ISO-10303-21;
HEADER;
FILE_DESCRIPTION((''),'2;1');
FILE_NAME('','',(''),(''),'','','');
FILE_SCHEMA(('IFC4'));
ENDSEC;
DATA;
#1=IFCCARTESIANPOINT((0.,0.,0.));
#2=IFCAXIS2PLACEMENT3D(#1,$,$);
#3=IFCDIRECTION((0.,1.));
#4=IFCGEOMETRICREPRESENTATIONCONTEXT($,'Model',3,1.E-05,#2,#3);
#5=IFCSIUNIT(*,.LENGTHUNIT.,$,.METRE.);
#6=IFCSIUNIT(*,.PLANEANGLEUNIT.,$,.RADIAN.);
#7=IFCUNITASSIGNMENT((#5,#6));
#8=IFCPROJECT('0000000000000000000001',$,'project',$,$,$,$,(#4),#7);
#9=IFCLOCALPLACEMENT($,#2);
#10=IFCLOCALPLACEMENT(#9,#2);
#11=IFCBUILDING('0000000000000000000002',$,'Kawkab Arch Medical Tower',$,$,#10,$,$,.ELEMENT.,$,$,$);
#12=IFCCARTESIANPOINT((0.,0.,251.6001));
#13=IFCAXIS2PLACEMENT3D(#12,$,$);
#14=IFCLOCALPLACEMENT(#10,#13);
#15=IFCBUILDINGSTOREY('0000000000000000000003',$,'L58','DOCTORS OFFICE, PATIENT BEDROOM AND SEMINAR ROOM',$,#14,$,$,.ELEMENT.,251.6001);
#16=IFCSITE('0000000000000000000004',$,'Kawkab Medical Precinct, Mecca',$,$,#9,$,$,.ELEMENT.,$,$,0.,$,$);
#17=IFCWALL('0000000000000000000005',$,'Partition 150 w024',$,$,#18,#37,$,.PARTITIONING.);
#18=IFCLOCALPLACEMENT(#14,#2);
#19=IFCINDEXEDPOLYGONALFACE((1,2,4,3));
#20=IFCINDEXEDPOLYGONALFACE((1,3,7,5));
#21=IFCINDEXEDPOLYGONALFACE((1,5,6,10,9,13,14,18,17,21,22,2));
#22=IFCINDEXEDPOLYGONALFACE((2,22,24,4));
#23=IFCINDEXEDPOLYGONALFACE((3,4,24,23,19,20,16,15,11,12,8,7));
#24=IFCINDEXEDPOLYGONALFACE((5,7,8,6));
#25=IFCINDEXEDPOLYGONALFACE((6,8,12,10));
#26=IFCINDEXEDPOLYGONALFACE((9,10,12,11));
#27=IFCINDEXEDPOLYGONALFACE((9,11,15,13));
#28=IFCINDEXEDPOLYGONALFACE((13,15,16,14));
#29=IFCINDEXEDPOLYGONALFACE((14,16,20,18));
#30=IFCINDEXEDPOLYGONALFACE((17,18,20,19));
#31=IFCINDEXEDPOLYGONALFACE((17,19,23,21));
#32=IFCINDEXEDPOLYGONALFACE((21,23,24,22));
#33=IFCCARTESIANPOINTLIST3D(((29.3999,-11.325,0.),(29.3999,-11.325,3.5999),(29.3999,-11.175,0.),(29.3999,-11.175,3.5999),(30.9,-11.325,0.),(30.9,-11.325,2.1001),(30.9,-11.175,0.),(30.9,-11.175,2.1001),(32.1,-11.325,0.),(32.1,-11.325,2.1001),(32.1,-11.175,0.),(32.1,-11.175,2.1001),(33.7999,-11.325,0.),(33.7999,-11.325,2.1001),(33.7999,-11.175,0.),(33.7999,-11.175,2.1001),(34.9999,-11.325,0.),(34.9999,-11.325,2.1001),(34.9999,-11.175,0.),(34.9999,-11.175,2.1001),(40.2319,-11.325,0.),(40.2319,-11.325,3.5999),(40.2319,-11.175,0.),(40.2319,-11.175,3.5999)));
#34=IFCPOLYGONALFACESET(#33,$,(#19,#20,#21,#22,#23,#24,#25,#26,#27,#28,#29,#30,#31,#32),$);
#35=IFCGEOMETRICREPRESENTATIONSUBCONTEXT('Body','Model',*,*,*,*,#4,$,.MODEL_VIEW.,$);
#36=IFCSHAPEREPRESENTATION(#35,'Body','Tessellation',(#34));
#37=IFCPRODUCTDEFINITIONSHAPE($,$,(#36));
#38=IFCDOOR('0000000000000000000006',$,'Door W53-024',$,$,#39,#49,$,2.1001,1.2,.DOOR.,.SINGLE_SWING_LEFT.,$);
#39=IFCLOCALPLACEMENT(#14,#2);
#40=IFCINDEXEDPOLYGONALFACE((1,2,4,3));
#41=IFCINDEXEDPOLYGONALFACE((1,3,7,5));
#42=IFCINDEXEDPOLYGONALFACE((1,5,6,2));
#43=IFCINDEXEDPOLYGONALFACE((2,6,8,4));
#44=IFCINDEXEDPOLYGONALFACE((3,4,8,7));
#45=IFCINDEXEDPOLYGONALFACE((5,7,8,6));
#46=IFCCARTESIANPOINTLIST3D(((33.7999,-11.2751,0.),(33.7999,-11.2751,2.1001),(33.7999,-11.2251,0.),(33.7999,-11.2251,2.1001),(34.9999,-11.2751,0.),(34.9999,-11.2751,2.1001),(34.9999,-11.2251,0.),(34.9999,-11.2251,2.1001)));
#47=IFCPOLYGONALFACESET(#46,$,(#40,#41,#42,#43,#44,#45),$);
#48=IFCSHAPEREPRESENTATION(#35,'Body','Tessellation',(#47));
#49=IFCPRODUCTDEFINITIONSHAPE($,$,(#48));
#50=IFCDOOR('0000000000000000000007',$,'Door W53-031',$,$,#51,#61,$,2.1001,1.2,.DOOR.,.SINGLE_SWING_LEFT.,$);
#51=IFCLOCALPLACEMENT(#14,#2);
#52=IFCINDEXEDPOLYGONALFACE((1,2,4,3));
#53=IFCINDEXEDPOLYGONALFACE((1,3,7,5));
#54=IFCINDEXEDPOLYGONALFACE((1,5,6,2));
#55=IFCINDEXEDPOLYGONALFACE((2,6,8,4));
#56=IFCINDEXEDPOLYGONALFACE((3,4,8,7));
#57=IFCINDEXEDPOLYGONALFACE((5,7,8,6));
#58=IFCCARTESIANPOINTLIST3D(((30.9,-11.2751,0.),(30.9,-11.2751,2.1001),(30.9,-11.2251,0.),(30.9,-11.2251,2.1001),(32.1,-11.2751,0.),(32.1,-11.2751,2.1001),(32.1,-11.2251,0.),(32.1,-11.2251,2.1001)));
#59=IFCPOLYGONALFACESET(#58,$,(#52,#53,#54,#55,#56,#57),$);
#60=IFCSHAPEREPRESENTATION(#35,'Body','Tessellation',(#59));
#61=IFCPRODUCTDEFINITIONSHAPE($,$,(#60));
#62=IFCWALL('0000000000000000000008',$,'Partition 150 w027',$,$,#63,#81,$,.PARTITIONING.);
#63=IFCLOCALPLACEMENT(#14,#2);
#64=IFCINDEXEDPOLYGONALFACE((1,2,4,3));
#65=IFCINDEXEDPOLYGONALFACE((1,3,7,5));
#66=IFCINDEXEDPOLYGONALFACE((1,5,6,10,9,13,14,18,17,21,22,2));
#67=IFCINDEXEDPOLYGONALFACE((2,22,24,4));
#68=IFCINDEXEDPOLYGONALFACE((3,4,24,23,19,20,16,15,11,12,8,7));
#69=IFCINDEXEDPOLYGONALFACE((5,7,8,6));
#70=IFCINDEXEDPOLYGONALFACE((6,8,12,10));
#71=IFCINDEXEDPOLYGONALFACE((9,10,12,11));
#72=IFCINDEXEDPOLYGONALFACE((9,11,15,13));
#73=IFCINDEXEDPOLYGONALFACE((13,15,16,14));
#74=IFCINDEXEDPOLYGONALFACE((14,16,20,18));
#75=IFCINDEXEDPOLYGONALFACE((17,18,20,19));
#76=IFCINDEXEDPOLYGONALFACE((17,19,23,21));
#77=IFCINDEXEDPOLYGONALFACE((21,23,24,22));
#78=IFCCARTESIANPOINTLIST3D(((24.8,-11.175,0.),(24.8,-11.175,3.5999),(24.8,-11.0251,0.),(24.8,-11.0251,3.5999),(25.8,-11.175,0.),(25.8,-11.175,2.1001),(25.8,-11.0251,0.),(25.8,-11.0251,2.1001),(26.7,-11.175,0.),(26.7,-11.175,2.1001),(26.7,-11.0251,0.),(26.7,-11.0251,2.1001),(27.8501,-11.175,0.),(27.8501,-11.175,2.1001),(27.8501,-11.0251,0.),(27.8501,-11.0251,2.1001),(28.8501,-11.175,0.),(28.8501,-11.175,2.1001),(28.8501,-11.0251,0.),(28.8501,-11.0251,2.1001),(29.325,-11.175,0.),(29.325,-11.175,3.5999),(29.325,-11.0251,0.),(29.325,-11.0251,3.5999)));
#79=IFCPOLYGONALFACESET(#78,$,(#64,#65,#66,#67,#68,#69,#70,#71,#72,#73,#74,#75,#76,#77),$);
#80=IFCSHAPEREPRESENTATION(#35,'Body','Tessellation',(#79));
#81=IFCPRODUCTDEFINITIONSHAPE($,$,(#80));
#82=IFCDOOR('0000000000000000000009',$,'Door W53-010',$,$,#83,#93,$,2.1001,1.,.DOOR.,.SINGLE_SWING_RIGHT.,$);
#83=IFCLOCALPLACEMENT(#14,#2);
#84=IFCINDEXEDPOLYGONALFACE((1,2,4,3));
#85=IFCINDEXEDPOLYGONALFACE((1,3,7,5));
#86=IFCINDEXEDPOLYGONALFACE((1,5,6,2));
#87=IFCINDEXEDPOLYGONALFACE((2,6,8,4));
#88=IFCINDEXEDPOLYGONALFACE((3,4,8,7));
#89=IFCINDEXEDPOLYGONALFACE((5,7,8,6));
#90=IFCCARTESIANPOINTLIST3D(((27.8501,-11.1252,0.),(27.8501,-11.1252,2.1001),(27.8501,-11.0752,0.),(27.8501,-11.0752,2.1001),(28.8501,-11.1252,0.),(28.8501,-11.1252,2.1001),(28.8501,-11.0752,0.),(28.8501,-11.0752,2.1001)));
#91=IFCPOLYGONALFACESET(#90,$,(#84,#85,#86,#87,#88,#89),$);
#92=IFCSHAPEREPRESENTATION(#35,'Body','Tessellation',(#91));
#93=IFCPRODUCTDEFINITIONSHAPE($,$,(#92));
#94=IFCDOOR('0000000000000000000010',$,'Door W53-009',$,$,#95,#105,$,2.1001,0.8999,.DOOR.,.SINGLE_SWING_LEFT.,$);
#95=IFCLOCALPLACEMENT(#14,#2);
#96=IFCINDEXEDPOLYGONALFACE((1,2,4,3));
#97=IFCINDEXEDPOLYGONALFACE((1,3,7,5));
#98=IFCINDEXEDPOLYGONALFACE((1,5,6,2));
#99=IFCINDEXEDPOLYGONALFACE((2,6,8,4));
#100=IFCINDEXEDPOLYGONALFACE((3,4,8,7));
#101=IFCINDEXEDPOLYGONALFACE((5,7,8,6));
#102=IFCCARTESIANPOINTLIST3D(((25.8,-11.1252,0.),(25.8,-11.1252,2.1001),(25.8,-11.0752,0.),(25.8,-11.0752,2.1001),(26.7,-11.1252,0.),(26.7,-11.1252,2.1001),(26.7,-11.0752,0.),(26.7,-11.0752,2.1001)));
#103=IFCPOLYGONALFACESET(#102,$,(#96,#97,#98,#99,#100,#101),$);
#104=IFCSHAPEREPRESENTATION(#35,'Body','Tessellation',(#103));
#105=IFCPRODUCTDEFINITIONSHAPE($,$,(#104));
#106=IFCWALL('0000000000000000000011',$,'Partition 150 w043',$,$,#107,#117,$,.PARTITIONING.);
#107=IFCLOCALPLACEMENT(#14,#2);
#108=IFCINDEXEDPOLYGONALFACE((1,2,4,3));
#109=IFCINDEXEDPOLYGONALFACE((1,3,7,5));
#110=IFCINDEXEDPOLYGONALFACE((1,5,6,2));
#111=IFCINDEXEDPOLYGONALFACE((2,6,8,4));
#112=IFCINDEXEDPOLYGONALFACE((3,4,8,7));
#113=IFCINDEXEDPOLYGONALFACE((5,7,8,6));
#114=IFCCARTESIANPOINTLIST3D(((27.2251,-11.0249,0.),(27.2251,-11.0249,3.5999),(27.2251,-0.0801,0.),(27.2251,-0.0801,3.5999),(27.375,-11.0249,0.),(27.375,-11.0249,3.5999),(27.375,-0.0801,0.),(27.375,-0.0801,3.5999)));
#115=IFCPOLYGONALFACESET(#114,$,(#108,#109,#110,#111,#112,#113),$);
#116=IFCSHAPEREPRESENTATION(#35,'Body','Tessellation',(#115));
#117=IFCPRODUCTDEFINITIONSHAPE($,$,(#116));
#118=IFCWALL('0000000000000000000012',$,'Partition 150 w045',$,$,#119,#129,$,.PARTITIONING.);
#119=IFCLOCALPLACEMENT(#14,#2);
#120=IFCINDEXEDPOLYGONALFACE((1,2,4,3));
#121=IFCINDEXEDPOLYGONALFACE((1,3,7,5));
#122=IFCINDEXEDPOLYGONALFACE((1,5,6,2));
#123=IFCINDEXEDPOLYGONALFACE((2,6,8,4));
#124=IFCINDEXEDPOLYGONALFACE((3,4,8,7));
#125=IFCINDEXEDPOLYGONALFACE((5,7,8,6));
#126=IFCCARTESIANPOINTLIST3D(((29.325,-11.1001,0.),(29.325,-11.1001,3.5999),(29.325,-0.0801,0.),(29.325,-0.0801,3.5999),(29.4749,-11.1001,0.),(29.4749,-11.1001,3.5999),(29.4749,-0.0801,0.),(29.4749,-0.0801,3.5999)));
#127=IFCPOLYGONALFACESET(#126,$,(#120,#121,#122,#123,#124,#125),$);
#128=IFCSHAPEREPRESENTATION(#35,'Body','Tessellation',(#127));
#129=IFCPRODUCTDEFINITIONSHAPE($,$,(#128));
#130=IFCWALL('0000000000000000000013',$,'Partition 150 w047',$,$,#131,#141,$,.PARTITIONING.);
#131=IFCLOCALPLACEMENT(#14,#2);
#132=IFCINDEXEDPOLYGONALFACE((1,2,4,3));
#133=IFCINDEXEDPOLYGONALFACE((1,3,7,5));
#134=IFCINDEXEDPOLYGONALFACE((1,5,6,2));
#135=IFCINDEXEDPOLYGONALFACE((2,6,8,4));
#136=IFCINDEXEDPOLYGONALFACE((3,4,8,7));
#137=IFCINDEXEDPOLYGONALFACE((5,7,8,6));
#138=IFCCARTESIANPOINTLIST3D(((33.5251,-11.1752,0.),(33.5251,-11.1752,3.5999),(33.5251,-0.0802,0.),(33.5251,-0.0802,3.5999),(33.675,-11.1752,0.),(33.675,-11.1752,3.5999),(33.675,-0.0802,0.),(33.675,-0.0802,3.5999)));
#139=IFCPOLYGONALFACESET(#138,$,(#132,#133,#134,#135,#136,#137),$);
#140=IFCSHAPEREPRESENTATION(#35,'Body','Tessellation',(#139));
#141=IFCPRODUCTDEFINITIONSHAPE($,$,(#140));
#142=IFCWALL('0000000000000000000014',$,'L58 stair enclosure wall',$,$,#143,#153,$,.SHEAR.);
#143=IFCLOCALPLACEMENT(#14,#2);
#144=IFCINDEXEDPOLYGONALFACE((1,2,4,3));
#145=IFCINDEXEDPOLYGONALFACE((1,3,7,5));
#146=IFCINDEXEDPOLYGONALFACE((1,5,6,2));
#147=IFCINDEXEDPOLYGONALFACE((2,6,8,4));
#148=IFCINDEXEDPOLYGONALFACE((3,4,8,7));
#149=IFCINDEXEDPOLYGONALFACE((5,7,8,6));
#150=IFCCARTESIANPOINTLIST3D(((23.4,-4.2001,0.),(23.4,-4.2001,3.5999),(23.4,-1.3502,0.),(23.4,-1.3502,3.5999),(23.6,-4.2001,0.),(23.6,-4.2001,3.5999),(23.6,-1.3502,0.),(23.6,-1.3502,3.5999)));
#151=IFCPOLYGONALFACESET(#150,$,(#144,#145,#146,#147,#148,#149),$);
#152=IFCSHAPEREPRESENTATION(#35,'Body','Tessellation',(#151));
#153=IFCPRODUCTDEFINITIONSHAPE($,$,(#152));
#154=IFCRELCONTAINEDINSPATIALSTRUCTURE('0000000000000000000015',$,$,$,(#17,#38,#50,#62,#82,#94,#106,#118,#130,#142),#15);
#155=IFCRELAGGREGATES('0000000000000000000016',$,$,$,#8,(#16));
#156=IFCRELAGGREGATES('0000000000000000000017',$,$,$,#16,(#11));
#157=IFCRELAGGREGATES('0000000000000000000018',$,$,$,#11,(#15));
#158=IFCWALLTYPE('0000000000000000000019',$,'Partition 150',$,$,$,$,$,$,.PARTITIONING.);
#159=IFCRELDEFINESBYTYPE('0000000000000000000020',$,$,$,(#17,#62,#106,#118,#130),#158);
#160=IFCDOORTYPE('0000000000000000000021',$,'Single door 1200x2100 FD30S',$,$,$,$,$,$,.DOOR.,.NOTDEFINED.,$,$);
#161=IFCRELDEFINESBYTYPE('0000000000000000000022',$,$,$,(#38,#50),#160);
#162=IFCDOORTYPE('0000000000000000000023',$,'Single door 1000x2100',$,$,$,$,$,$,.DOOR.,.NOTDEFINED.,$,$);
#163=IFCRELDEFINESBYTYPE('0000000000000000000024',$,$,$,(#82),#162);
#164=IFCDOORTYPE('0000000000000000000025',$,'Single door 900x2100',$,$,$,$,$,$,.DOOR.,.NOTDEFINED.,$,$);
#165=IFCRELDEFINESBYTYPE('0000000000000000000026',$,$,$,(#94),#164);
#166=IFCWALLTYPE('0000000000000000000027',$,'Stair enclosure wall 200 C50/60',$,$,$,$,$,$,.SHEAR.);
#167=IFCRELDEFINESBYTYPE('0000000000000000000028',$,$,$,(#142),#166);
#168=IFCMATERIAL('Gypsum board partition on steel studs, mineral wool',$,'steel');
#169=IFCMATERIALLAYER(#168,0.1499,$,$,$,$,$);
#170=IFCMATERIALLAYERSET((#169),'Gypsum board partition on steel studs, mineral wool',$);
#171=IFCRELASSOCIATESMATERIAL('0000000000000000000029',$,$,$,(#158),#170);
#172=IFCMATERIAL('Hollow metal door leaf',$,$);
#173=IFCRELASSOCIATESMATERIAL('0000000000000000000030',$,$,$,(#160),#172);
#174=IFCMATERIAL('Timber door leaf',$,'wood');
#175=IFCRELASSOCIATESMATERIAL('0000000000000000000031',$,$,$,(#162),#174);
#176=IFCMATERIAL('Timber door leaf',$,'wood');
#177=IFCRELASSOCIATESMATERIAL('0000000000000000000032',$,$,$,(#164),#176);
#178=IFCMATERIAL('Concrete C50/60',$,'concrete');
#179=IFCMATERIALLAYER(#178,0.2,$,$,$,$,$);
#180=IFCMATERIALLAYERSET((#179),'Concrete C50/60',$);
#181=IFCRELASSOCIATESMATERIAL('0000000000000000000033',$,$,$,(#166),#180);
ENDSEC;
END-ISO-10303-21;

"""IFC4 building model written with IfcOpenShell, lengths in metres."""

from ifc_helpers import new_model, si_unit, direction, frame, frame_2d, origin, place, context, subcontext, project, spatial, rectangle, extrude, material, layer, layer_set, type_object, element, fill, save


model = new_model("IFC4")

# Units and contexts
model_context = context("Model", 3, precision=1e-05, world=origin(), true_north=direction((0.0, 1.0)))
body_context = subcontext(model_context, "Body", "Model", "MODEL_VIEW")
ifc_project = project(units=[si_unit("LENGTHUNIT", "METRE"), si_unit("PLANEANGLEUNIT", "RADIAN")], contexts=[model_context])

# Site, building, storey
site_placement = place(None, origin())
site = spatial("IfcSite", under=ifc_project, at=site_placement, Name="Kawkab Medical Precinct, Mecca", CompositionType="ELEMENT", RefElevation=0.0)
building_placement = place(site_placement, origin())
building = spatial("IfcBuilding", under=site, at=building_placement, Name="Kawkab Arch Medical Tower", CompositionType="ELEMENT")
storey_placement = place(building_placement, frame((0.0, 0.0, 251.6001)))
storey = spatial("IfcBuildingStorey", under=building, at=storey_placement, Name="L58", Description="DOCTORS OFFICE, PATIENT BEDROOM AND SEMINAR ROOM", CompositionType="ELEMENT", Elevation=251.6001)

# Walls, openings, doors
ifc_material_1 = material(Name="Gypsum board partition on steel studs, mineral wool", Category="steel")
ifc_layer_1 = layer(ifc_material_1, 0.1499)
ifc_layer_set_1 = layer_set([ifc_layer_1], Name="Gypsum board partition on steel studs, mineral wool")
wall_type_1 = type_object("IfcWallType", Name="Partition 150", PredefinedType="PARTITIONING", material=ifc_layer_set_1)
ifc_material_2 = material(Name="Hollow metal door leaf")
door_type_1 = type_object("IfcDoorType", Name="Single door 1200x2100 FD30S", OperationType="NOTDEFINED", PredefinedType="DOOR", material=ifc_material_2)
wall_1_placement = place(storey_placement, frame((29.3999, -11.25, 0.0), z_axis=(0.0, 0.0, 1.0), x_axis=(1.0, 0.0, 0.0)))
wall_1 = element("IfcWall", 1, at=wall_1_placement, inside=storey, type_object=wall_type_1, Name="Partition 150 w024", PredefinedType="PARTITIONING", context=body_context, shape_type="SweptSolid", body=[
    extrude(rectangle(XDim=10.832, YDim=0.1499, at=frame_2d((5.416, 0.0))), origin(), (0.0, 0.0, 1.0), 3.5999),
])
opening_1_placement = place(wall_1_placement, frame((4.3999, 0.0, 0.0)))
opening_1 = element("IfcOpeningElement", 2, at=opening_1_placement, cuts=wall_1, PredefinedType="OPENING", context=body_context, shape_type="SweptSolid", body=[
    extrude(rectangle(XDim=1.2, YDim=2.1001, at=frame_2d((0.6001, 1.05))), frame((0.0, 0.085, 0.0), z_axis=(0.0, -1.0, 0.0), x_axis=(1.0, 0.0, 0.0)), (0.0, 0.0, 1.0), 0.1699),
])
opening_2_placement = place(wall_1_placement, frame((1.5, 0.0, 0.0)))
opening_2 = element("IfcOpeningElement", 3, at=opening_2_placement, cuts=wall_1, PredefinedType="OPENING", context=body_context, shape_type="SweptSolid", body=[
    extrude(rectangle(XDim=1.2, YDim=2.1001, at=frame_2d((0.6001, 1.05))), frame((0.0, 0.085, 0.0), z_axis=(0.0, -1.0, 0.0), x_axis=(1.0, 0.0, 0.0)), (0.0, 0.0, 1.0), 0.1699),
])
door_1_placement = place(opening_1_placement, origin())
door_1 = element("IfcDoor", 4, at=door_1_placement, inside=storey, type_object=door_type_1, Name="Door W53-024", OperationType="SINGLE_SWING_LEFT", OverallHeight=2.1001, OverallWidth=1.2, PredefinedType="DOOR", context=body_context, shape_type="SweptSolid", body=[
    extrude(rectangle(XDim=1.2, YDim=2.1001, at=frame_2d((0.6001, 1.05))), frame((0.0, 0.0249, 0.0), z_axis=(0.0, -1.0, 0.0), x_axis=(1.0, 0.0, 0.0)), (0.0, 0.0, 1.0), 0.05),
])
fill(opening_1, door_1)
door_2_placement = place(opening_2_placement, origin())
door_2 = element("IfcDoor", 5, at=door_2_placement, inside=storey, type_object=door_type_1, Name="Door W53-031", OperationType="SINGLE_SWING_LEFT", OverallHeight=2.1001, OverallWidth=1.2, PredefinedType="DOOR", context=body_context, shape_type="SweptSolid", body=[
    extrude(rectangle(XDim=1.2, YDim=2.1001, at=frame_2d((0.6001, 1.05))), frame((0.0, 0.0249, 0.0), z_axis=(0.0, -1.0, 0.0), x_axis=(1.0, 0.0, 0.0)), (0.0, 0.0, 1.0), 0.05),
])
fill(opening_2, door_2)
wall_2_placement = place(storey_placement, frame((24.8, -11.1001, 0.0), z_axis=(0.0, 0.0, 1.0), x_axis=(1.0, 0.0, 0.0)))
wall_2 = element("IfcWall", 6, at=wall_2_placement, inside=storey, type_object=wall_type_1, Name="Partition 150 w027", PredefinedType="PARTITIONING", context=body_context, shape_type="SweptSolid", body=[
    extrude(rectangle(XDim=4.5249, YDim=0.1499, at=frame_2d((2.2625, 0.0))), origin(), (0.0, 0.0, 1.0), 3.5999),
])
opening_3_placement = place(wall_2_placement, frame((1.0, 0.0, 0.0)))
opening_3 = element("IfcOpeningElement", 7, at=opening_3_placement, cuts=wall_2, PredefinedType="OPENING", context=body_context, shape_type="SweptSolid", body=[
    extrude(rectangle(XDim=0.8999, YDim=2.1001, at=frame_2d((0.45, 1.05))), frame((0.0, 0.085, 0.0), z_axis=(0.0, -1.0, 0.0), x_axis=(1.0, 0.0, 0.0)), (0.0, 0.0, 1.0), 0.1699),
])
opening_4_placement = place(wall_2_placement, frame((3.05, 0.0, 0.0)))
opening_4 = element("IfcOpeningElement", 8, at=opening_4_placement, cuts=wall_2, PredefinedType="OPENING", context=body_context, shape_type="SweptSolid", body=[
    extrude(rectangle(XDim=1.0, YDim=2.1001, at=frame_2d((0.5, 1.05))), frame((0.0, 0.085, 0.0), z_axis=(0.0, -1.0, 0.0), x_axis=(1.0, 0.0, 0.0)), (0.0, 0.0, 1.0), 0.1699),
])
ifc_material_3 = material(Name="Timber door leaf", Category="wood")
door_type_2 = type_object("IfcDoorType", Name="Single door 1000x2100", OperationType="NOTDEFINED", PredefinedType="DOOR", material=ifc_material_3)
door_3_placement = place(opening_4_placement, origin())
door_3 = element("IfcDoor", 9, at=door_3_placement, inside=storey, type_object=door_type_2, Name="Door W53-010", OperationType="SINGLE_SWING_RIGHT", OverallHeight=2.1001, OverallWidth=1.0, PredefinedType="DOOR", context=body_context, shape_type="SweptSolid", body=[
    extrude(rectangle(XDim=1.0, YDim=2.1001, at=frame_2d((0.5, 1.05))), frame((0.0, 0.0249, 0.0), z_axis=(0.0, -1.0, 0.0), x_axis=(1.0, 0.0, 0.0)), (0.0, 0.0, 1.0), 0.05),
])
fill(opening_4, door_3)
ifc_material_4 = material(Name="Timber door leaf", Category="wood")
door_type_3 = type_object("IfcDoorType", Name="Single door 900x2100", OperationType="NOTDEFINED", PredefinedType="DOOR", material=ifc_material_4)
door_4_placement = place(opening_3_placement, origin())
door_4 = element("IfcDoor", 10, at=door_4_placement, inside=storey, type_object=door_type_3, Name="Door W53-009", OperationType="SINGLE_SWING_LEFT", OverallHeight=2.1001, OverallWidth=0.8999, PredefinedType="DOOR", context=body_context, shape_type="SweptSolid", body=[
    extrude(rectangle(XDim=0.8999, YDim=2.1001, at=frame_2d((0.45, 1.05))), frame((0.0, 0.0249, 0.0), z_axis=(0.0, -1.0, 0.0), x_axis=(1.0, 0.0, 0.0)), (0.0, 0.0, 1.0), 0.05),
])
fill(opening_3, door_4)

# Walls
wall_3_placement = place(storey_placement, frame((27.3, -11.0249, 0.0), z_axis=(0.0, 0.0, 1.0), x_axis=(0.0, 1.0, 0.0)))
element("IfcWall", 11, at=wall_3_placement, inside=storey, type_object=wall_type_1, Name="Partition 150 w043", PredefinedType="PARTITIONING", context=body_context, shape_type="SweptSolid", body=[
    extrude(rectangle(XDim=10.9448, YDim=0.1499, at=frame_2d((5.4724, 0.0))), origin(), (0.0, 0.0, 1.0), 3.5999),
])
wall_4_placement = place(storey_placement, frame((29.3999, -11.1001, 0.0), z_axis=(0.0, 0.0, 1.0), x_axis=(0.0, 1.0, 0.0)))
element("IfcWall", 12, at=wall_4_placement, inside=storey, type_object=wall_type_1, Name="Partition 150 w045", PredefinedType="PARTITIONING", context=body_context, shape_type="SweptSolid", body=[
    extrude(rectangle(XDim=11.02, YDim=0.1499, at=frame_2d((5.51, 0.0))), origin(), (0.0, 0.0, 1.0), 3.5999),
])
wall_5_placement = place(storey_placement, frame((33.6001, -11.175, 0.0), z_axis=(0.0, 0.0, 1.0), x_axis=(0.0, 1.0, 0.0)))
element("IfcWall", 13, at=wall_5_placement, inside=storey, type_object=wall_type_1, Name="Partition 150 w047", PredefinedType="PARTITIONING", context=body_context, shape_type="SweptSolid", body=[
    extrude(rectangle(XDim=11.095, YDim=0.1499, at=frame_2d((5.5474, 0.0))), origin(), (0.0, 0.0, 1.0), 3.5999),
])
ifc_material_5 = material(Name="Concrete C50/60", Category="concrete")
ifc_layer_2 = layer(ifc_material_5, 0.2)
ifc_layer_set_2 = layer_set([ifc_layer_2], Name="Concrete C50/60")
wall_type_2 = type_object("IfcWallType", Name="Stair enclosure wall 200 C50/60", PredefinedType="SHEAR", material=ifc_layer_set_2)
wall_6_placement = place(storey_placement, frame((23.5, -4.2, 0.0), z_axis=(0.0, 0.0, 1.0), x_axis=(0.0, 1.0, 0.0)))
element("IfcWall", 14, at=wall_6_placement, inside=storey, type_object=wall_type_2, Name="L58 stair enclosure wall", PredefinedType="SHEAR", context=body_context, shape_type="SweptSolid", body=[
    extrude(rectangle(XDim=2.8499, YDim=0.2, at=frame_2d((1.4248, 0.0))), origin(), (0.0, 0.0, 1.0), 3.5999),
])

save(model, "model.ifc")
